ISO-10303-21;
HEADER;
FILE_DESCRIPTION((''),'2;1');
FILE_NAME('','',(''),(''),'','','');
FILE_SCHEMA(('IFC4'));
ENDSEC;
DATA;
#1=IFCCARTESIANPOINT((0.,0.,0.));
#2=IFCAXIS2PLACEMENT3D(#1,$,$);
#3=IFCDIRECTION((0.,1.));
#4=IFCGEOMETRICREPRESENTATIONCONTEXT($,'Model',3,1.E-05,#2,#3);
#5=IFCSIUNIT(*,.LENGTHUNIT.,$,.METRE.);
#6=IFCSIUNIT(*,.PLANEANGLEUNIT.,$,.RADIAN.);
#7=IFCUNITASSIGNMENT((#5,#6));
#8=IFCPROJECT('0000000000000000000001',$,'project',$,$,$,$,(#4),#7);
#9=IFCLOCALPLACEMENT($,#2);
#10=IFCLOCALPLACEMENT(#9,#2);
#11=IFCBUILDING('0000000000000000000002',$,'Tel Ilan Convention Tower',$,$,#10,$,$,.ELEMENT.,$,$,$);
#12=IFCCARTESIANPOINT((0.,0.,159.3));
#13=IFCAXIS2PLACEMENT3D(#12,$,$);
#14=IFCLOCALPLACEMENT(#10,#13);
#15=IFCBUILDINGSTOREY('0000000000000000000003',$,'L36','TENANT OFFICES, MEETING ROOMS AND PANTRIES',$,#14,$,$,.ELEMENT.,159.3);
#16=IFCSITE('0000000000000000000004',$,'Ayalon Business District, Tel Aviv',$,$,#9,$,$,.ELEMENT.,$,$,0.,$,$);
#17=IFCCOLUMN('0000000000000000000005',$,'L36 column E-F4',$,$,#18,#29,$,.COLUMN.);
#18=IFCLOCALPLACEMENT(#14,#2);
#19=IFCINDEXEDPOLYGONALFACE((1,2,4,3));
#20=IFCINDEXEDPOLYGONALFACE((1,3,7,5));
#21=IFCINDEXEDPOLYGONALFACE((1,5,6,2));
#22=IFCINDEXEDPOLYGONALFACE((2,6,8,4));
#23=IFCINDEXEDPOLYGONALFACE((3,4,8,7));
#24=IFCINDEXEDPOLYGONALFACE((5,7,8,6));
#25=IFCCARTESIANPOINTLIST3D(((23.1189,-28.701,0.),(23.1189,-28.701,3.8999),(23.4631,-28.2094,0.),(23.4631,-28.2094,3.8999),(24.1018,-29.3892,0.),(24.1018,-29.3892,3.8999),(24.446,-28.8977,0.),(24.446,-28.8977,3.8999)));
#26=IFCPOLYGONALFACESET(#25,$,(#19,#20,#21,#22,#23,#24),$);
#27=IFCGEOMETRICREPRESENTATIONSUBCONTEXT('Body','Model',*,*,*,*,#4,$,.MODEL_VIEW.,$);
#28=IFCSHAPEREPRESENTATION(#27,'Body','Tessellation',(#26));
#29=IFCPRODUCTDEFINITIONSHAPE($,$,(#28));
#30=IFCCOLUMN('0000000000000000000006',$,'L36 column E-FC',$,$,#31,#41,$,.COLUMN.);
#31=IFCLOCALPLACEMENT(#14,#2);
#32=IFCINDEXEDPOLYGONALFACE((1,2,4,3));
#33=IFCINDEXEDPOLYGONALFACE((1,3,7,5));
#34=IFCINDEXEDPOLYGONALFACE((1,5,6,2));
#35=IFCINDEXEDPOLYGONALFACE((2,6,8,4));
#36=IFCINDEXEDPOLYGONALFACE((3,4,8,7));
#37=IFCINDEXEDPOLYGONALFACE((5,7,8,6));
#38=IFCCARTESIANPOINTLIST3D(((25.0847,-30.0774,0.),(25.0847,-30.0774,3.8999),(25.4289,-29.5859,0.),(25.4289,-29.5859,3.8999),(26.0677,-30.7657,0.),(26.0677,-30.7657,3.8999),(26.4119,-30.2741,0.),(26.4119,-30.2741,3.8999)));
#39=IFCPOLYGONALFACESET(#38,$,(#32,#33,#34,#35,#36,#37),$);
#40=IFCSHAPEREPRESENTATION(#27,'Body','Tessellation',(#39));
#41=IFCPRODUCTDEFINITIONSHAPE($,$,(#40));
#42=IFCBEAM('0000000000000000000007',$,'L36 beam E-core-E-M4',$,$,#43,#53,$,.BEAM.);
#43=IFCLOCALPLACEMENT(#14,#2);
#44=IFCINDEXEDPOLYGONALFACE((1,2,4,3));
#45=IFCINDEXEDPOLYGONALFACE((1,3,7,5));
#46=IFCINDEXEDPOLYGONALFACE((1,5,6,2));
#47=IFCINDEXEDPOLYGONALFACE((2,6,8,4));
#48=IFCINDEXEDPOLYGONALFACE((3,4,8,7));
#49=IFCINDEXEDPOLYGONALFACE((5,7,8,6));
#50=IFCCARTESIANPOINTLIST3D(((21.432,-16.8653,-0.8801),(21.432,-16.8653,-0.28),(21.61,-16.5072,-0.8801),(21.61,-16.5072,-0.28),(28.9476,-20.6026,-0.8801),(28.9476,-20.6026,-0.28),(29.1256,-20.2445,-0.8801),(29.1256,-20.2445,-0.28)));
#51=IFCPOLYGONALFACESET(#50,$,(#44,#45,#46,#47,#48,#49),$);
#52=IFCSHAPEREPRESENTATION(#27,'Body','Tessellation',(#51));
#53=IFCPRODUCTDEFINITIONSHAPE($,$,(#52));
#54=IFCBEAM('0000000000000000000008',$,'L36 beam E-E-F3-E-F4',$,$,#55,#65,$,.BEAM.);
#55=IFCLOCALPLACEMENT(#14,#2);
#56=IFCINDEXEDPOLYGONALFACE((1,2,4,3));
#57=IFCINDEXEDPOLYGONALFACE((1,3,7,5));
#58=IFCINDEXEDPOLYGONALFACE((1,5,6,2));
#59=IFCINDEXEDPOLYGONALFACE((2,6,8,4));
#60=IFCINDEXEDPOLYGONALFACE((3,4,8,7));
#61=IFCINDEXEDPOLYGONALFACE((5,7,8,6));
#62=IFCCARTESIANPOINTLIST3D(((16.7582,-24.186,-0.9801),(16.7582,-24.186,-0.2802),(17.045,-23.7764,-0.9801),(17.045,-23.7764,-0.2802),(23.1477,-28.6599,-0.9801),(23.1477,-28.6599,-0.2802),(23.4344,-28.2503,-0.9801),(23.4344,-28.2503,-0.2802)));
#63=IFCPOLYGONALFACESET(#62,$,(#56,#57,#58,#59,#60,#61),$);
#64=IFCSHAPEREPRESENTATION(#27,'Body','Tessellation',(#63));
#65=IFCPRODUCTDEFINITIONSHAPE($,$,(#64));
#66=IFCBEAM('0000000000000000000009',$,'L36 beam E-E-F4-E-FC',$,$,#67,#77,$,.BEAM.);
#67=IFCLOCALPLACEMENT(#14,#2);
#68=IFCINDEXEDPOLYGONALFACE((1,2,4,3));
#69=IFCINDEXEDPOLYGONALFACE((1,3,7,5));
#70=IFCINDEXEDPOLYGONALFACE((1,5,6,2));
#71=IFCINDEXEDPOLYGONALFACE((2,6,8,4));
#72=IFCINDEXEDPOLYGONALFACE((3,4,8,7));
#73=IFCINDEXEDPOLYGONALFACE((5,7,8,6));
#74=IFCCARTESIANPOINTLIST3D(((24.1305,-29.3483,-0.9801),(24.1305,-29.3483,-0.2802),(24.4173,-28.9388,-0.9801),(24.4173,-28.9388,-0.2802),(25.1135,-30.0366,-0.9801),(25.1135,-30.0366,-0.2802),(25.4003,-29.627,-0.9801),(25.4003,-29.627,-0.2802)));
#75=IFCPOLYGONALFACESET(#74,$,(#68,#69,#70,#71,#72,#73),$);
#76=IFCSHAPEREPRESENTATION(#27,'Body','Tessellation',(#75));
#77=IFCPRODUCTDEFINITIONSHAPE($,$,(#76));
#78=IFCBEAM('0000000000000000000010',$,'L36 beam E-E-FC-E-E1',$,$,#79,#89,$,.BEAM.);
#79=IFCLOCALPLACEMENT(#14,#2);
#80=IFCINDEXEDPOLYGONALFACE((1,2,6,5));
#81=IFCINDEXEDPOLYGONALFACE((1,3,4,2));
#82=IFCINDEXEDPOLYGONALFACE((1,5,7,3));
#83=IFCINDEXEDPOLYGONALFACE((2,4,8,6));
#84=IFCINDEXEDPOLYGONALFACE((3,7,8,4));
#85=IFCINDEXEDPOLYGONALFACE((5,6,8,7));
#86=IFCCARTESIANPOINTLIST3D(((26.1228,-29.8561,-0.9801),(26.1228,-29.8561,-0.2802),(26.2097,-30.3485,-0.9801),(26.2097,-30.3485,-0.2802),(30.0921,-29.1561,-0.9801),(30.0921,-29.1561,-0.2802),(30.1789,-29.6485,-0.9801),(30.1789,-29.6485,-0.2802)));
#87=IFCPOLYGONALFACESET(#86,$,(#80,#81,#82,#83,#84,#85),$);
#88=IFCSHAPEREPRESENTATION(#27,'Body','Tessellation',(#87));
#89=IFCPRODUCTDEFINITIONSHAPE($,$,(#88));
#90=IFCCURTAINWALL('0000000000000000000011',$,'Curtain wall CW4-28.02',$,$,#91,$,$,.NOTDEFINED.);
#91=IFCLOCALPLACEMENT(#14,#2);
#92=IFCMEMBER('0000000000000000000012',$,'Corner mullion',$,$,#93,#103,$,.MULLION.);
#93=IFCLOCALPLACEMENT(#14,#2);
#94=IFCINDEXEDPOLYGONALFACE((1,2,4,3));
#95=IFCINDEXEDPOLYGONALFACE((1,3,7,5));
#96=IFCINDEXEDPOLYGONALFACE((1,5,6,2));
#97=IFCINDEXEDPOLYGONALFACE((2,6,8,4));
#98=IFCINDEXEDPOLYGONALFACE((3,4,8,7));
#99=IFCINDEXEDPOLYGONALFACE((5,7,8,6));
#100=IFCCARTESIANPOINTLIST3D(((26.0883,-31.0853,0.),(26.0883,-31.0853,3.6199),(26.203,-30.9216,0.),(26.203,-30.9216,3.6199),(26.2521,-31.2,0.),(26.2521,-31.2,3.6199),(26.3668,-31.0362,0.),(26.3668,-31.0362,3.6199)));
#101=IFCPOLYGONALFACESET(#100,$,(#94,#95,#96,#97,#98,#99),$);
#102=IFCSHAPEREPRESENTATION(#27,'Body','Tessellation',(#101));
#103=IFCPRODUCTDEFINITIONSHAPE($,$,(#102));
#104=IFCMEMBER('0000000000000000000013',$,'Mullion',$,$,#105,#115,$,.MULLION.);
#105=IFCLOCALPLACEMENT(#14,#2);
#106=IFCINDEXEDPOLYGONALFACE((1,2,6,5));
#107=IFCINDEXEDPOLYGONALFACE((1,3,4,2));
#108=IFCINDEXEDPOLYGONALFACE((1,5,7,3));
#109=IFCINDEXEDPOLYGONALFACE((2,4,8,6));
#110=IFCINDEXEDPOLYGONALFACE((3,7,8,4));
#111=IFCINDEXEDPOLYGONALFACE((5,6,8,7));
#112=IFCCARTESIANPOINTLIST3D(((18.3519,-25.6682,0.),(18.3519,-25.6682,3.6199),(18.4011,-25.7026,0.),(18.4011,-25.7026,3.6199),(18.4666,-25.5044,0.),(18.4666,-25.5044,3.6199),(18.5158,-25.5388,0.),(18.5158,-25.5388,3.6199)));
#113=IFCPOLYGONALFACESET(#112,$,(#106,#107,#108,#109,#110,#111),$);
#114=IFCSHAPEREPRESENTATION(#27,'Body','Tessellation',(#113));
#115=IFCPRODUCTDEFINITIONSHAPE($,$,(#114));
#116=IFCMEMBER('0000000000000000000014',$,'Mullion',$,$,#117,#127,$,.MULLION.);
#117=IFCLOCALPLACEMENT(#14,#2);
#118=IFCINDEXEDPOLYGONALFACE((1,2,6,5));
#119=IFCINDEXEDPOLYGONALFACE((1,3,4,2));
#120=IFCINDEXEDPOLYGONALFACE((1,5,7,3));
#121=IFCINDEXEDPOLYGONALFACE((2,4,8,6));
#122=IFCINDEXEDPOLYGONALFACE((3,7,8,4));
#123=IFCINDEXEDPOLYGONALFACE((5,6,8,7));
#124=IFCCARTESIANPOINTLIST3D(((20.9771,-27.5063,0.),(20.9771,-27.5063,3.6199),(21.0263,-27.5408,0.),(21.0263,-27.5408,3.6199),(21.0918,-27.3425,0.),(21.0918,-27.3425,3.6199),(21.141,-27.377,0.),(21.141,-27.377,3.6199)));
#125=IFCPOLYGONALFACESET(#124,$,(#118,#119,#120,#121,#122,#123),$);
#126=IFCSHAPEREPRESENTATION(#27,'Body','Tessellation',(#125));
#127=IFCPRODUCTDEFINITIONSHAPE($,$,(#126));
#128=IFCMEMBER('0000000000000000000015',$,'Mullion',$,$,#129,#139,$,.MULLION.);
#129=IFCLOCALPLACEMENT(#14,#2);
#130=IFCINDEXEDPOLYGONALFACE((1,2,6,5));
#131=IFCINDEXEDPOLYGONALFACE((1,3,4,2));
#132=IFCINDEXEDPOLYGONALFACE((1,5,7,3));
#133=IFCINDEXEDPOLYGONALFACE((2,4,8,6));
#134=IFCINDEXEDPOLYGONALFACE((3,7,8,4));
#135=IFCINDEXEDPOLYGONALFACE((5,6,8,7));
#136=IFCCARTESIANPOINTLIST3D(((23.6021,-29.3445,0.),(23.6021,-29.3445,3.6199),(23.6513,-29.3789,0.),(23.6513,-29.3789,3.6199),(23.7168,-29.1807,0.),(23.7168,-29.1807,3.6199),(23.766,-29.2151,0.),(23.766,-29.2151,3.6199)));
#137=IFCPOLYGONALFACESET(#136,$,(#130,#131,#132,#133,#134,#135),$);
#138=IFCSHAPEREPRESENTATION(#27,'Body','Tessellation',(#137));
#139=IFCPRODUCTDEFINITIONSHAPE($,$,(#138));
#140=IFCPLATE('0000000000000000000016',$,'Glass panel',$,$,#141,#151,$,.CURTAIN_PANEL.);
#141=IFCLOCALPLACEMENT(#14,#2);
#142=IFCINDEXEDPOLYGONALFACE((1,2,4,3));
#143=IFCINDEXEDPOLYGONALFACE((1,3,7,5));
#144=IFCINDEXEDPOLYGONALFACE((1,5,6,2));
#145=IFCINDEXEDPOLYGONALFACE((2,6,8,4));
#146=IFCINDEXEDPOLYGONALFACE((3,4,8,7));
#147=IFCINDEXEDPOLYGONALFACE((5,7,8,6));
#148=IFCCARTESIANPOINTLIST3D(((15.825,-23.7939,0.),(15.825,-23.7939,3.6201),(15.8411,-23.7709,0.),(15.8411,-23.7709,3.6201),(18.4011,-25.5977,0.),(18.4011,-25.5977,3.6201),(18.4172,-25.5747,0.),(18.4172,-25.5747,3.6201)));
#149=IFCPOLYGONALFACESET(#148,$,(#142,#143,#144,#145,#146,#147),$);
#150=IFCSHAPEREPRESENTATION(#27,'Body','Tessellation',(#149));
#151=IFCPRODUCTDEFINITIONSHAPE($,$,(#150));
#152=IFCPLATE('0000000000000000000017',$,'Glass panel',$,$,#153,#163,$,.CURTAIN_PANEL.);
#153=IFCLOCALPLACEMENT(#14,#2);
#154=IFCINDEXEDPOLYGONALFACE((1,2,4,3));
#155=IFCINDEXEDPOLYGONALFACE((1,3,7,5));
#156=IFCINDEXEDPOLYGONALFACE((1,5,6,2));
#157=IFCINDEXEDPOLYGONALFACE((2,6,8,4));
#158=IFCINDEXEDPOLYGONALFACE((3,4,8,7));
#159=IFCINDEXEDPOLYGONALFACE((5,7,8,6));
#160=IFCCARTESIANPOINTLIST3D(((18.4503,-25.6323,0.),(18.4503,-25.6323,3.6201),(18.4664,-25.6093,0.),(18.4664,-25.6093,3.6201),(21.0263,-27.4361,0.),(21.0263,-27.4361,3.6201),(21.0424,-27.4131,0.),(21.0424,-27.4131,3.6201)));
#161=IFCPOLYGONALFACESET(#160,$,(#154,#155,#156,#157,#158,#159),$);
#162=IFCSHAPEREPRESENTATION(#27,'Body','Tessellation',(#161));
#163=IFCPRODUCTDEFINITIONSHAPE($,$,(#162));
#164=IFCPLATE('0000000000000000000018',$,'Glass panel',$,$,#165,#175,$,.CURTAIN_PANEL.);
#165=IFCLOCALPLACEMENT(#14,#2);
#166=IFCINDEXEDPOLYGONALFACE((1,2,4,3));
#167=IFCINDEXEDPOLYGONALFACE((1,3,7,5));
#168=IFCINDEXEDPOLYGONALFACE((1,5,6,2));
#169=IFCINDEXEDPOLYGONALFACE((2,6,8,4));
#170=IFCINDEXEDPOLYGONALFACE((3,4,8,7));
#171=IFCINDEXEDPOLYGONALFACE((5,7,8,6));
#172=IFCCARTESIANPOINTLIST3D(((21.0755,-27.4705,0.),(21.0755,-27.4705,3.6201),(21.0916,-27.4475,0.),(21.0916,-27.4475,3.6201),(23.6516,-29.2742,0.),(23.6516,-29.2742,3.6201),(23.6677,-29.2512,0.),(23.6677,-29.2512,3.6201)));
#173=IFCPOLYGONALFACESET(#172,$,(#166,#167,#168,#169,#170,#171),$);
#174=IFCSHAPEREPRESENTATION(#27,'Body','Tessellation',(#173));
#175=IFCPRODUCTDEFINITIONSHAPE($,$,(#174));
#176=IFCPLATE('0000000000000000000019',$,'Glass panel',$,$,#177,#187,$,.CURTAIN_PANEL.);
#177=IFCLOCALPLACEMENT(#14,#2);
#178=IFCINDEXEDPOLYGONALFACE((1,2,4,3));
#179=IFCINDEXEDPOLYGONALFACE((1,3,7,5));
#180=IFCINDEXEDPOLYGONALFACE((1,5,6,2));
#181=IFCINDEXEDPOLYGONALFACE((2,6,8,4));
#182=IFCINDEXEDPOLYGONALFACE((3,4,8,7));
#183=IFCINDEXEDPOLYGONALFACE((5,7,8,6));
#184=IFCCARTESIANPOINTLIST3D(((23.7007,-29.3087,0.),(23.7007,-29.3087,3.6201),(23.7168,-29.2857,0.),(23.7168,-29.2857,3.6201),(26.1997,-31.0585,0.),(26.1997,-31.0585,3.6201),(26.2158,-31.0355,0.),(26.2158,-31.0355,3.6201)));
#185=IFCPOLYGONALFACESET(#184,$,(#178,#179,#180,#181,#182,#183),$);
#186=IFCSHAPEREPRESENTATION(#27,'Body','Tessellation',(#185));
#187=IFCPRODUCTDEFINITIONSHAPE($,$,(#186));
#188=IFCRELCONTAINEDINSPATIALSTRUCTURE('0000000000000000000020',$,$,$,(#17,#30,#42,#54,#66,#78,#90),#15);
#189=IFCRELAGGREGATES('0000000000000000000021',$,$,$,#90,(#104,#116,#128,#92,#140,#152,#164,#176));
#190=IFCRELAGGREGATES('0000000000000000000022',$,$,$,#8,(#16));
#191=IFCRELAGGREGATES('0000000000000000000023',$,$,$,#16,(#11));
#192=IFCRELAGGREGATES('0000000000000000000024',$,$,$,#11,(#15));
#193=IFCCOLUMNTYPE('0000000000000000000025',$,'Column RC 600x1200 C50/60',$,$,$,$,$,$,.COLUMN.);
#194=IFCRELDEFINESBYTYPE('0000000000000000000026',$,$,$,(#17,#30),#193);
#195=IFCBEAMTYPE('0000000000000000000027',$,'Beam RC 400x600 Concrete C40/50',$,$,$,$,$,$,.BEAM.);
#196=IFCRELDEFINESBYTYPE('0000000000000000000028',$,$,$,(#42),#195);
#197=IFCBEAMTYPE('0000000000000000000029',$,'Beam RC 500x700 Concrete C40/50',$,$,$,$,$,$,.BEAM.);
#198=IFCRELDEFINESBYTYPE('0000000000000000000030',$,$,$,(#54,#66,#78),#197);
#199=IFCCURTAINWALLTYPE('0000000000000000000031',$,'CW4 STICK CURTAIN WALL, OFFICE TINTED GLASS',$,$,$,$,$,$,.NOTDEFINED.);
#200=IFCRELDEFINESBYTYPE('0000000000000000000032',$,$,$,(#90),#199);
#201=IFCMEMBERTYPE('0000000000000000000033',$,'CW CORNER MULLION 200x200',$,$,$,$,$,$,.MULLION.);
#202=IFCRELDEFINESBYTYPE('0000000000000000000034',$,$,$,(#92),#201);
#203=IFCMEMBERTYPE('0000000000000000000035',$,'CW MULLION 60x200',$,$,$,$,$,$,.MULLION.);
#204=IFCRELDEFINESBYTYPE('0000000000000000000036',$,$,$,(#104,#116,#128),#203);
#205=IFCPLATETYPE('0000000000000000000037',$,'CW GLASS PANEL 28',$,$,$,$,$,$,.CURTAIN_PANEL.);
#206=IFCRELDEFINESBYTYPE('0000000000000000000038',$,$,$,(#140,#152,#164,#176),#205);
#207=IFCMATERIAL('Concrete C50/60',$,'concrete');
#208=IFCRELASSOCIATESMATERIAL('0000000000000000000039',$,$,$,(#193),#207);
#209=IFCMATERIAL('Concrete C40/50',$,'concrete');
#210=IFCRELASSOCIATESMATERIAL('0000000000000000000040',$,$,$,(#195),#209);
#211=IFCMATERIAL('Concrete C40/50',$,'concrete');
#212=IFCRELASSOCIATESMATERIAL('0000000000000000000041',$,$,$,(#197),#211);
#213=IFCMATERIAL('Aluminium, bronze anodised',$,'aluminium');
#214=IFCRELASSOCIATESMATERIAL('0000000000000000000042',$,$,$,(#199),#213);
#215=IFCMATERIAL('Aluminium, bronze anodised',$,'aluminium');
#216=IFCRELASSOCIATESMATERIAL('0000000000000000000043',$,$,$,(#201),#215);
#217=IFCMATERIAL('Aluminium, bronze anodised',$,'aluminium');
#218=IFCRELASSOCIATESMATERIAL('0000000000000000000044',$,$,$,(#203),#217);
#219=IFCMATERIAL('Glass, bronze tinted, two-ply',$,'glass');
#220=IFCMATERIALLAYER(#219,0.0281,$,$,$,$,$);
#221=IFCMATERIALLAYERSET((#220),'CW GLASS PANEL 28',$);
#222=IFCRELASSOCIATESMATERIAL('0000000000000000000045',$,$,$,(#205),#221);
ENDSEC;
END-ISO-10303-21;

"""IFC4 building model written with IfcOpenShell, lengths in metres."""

from ifc_helpers import new_model, si_unit, direction, frame, origin, origin_2d, place, context, subcontext, project, spatial, rectangle, extrude, material, layer, layer_set, material_profile, profile_set, type_object, element, aggregate, save


model = new_model("IFC4")

# Units and contexts
model_context = context("Model", 3, precision=1e-05, world=origin(), true_north=direction((0.0, 1.0)))
body_context = subcontext(model_context, "Body", "Model", "MODEL_VIEW")
ifc_project = project(units=[si_unit("LENGTHUNIT", "METRE"), si_unit("PLANEANGLEUNIT", "RADIAN")], contexts=[model_context])

# Site, building, storey
site_placement = place(None, origin())
site = spatial("IfcSite", under=ifc_project, at=site_placement, Name="Ayalon Business District, Tel Aviv", CompositionType="ELEMENT", RefElevation=0.0)
building_placement = place(site_placement, origin())
building = spatial("IfcBuilding", under=site, at=building_placement, Name="Tel Ilan Convention Tower", CompositionType="ELEMENT")
storey_placement = place(building_placement, frame((0.0, 0.0, 159.3)))
storey = spatial("IfcBuildingStorey", under=building, at=storey_placement, Name="L36", Description="TENANT OFFICES, MEETING ROOMS AND PANTRIES", CompositionType="ELEMENT", Elevation=159.3)

# Columns
ifc_material_1 = material(Name="Concrete C50/60", Category="concrete")
ifc_material_profile_1 = material_profile(ifc_material_1, rectangle(XDim=1.2, YDim=0.6001, at=origin_2d()), Name="RC 600x1200")
ifc_profile_set_1 = profile_set([ifc_material_profile_1], Name="Concrete C50/60")
column_type = type_object("IfcColumnType", Name="Column RC 600x1200 C50/60", PredefinedType="COLUMN", material=ifc_profile_set_1)
for number, where, z_axis, x_axis, name in (
    (1, (23.7825, -28.7993, 0.0), (0.0, 0.0, 1.0), (0.819152, -0.573576, 0.0), "L36 column E-F4"),
    (2, (25.7483, -30.1758, 0.0), (0.0, 0.0, 1.0), (0.819152, -0.573576, 0.0), "L36 column E-FC"),
):
    element("IfcColumn", number, at=place(storey_placement, frame(where, z_axis=z_axis, x_axis=x_axis)), inside=storey, type_object=column_type, Name=name, PredefinedType="COLUMN", context=body_context, shape_type="SweptSolid", body=[
        extrude(rectangle(XDim=1.2, YDim=0.6001, at=origin_2d()), origin(), (0.0, 0.0, 1.0), 3.8999),
    ])

# Beams
ifc_material_2 = material(Name="Concrete C40/50", Category="concrete")
ifc_material_profile_2 = material_profile(ifc_material_2, rectangle(XDim=0.3999, YDim=0.6001, at=origin_2d()), Name="RC 400x600")
ifc_profile_set_2 = profile_set([ifc_material_profile_2], Name="Concrete C40/50")
beam_type_1 = type_object("IfcBeamType", Name="Beam RC 400x600 Concrete C40/50", PredefinedType="BEAM", material=ifc_profile_set_2)
beam_1_placement = place(storey_placement, frame((21.521, -16.6863, -0.5801), z_axis=(0.895402, -0.445258, 0.0), x_axis=(0.445258, 0.895402, 0.0)))
element("IfcBeam", 3, at=beam_1_placement, inside=storey, type_object=beam_type_1, Name="L36 beam E-core-E-M4", PredefinedType="BEAM", context=body_context, shape_type="SweptSolid", body=[
    extrude(rectangle(XDim=0.3999, YDim=0.6001, at=origin_2d()), origin(), (0.0, 0.0, 1.0), 8.3936),
])
ifc_material_3 = material(Name="Concrete C40/50", Category="concrete")
ifc_material_profile_3 = material_profile(ifc_material_3, rectangle(XDim=0.5, YDim=0.7, at=origin_2d()), Name="RC 500x700")
ifc_profile_set_3 = profile_set([ifc_material_profile_3], Name="Concrete C40/50")
beam_type_2 = type_object("IfcBeamType", Name="Beam RC 500x700 Concrete C40/50", PredefinedType="BEAM", material=ifc_profile_set_3)
beam_2_placement = place(storey_placement, frame((16.9016, -23.9812, -0.6301), z_axis=(0.819154, -0.573574, 0.0), x_axis=(0.573574, 0.819154, 0.0)))
element("IfcBeam", 4, at=beam_2_placement, inside=storey, type_object=beam_type_2, Name="L36 beam E-E-F3-E-F4", PredefinedType="BEAM", context=body_context, shape_type="SweptSolid", body=[
    extrude(rectangle(XDim=0.5, YDim=0.7, at=origin_2d()), origin(), (0.0, 0.0, 1.0), 7.8),
])
beam_3_placement = place(storey_placement, frame((24.2739, -29.1436, -0.6301), z_axis=(0.819155, -0.573572, 0.0), x_axis=(0.573572, 0.819155, 0.0)))
element("IfcBeam", 5, at=beam_3_placement, inside=storey, type_object=beam_type_2, Name="L36 beam E-E-F4-E-FC", PredefinedType="BEAM", context=body_context, shape_type="SweptSolid", body=[
    extrude(rectangle(XDim=0.5, YDim=0.7, at=origin_2d()), origin(), (0.0, 0.0, 1.0), 1.2),
])
beam_4_placement = place(storey_placement, frame((26.1663, -30.1023, -0.6301), z_axis=(0.984805, 0.173664, 0.0), x_axis=(-0.173664, 0.984805, 0.0)))
element("IfcBeam", 6, at=beam_4_placement, inside=storey, type_object=beam_type_2, Name="L36 beam E-E-FC-E-E1", PredefinedType="BEAM", context=body_context, shape_type="SweptSolid", body=[
    extrude(rectangle(XDim=0.5, YDim=0.7, at=origin_2d()), origin(), (0.0, 0.0, 1.0), 4.0305),
])

# Curtain wall, members, plates
ifc_material_4 = material(Name="Aluminium, bronze anodised", Category="aluminium")
curtain_wall_type = type_object("IfcCurtainWallType", Name="CW4 STICK CURTAIN WALL, OFFICE TINTED GLASS", PredefinedType="NOTDEFINED", material=ifc_material_4)
curtain_wall_placement = place(storey_placement, origin())
curtain_wall = element("IfcCurtainWall", 7, at=curtain_wall_placement, inside=storey, type_object=curtain_wall_type, Name="Curtain wall CW4-28.02", PredefinedType="NOTDEFINED")
ifc_material_5 = material(Name="Aluminium, bronze anodised", Category="aluminium")
ifc_material_profile_4 = material_profile(ifc_material_5, rectangle(XDim=0.2, YDim=0.2, at=origin_2d()), Name="CW CORNER MULLION 200x200")
ifc_profile_set_4 = profile_set([ifc_material_profile_4], Name="Aluminium, bronze anodised")
member_type_1 = type_object("IfcMemberType", Name="CW CORNER MULLION 200x200", PredefinedType="MULLION", material=ifc_profile_set_4)
member_1_placement = place(storey_placement, frame((26.2275, -31.0608, 0.0), z_axis=(0.0, 0.0, 1.0), x_axis=(0.819152, -0.573576, 0.0)))
member_1 = element("IfcMember", 8, at=member_1_placement, type_object=member_type_1, Name="Corner mullion", PredefinedType="MULLION", context=body_context, shape_type="SweptSolid", body=[
    extrude(rectangle(XDim=0.2, YDim=0.2, at=origin_2d()), origin(), (0.0, 0.0, 1.0), 3.6199),
])
ifc_material_6 = material(Name="Aluminium, bronze anodised", Category="aluminium")
ifc_material_profile_5 = material_profile(ifc_material_6, rectangle(XDim=0.0601, YDim=0.2, at=origin_2d()), Name="CW MULLION 60x200")
ifc_profile_set_5 = profile_set([ifc_material_profile_5], Name="Aluminium, bronze anodised")
member_type_2 = type_object("IfcMemberType", Name="CW MULLION 60x200", PredefinedType="MULLION", material=ifc_profile_set_5)
member_2_placement = place(storey_placement, frame((18.4338, -25.6035, 0.0), z_axis=(0.0, 0.0, 1.0), x_axis=(0.819152, -0.573576, 0.0)))
member_2 = element("IfcMember", 9, at=member_2_placement, type_object=member_type_2, Name="Mullion", PredefinedType="MULLION", context=body_context, shape_type="SweptSolid", body=[
    extrude(rectangle(XDim=0.0601, YDim=0.2, at=origin_2d()), origin(), (0.0, 0.0, 1.0), 3.6199),
])
member_3_placement = place(storey_placement, frame((21.0591, -27.4417, 0.0), z_axis=(0.0, 0.0, 1.0), x_axis=(0.819152, -0.573576, 0.0)))
member_3 = element("IfcMember", 10, at=member_3_placement, type_object=member_type_2, Name="Mullion", PredefinedType="MULLION", context=body_context, shape_type="SweptSolid", body=[
    extrude(rectangle(XDim=0.0601, YDim=0.2, at=origin_2d()), origin(), (0.0, 0.0, 1.0), 3.6199),
])
member_4_placement = place(storey_placement, frame((23.6841, -29.2798, 0.0), z_axis=(0.0, 0.0, 1.0), x_axis=(0.819152, -0.573576, 0.0)))
member_4 = element("IfcMember", 11, at=member_4_placement, type_object=member_type_2, Name="Mullion", PredefinedType="MULLION", context=body_context, shape_type="SweptSolid", body=[
    extrude(rectangle(XDim=0.0601, YDim=0.2, at=origin_2d()), origin(), (0.0, 0.0, 1.0), 3.6199),
])
ifc_material_7 = material(Name="Glass, bronze tinted, two-ply", Category="glass")
ifc_layer_1 = layer(ifc_material_7, 0.0281)
ifc_layer_set_1 = layer_set([ifc_layer_1], Name="CW GLASS PANEL 28")
plate_type = type_object("IfcPlateType", Name="CW GLASS PANEL 28", PredefinedType="CURTAIN_PANEL", material=ifc_layer_set_1)
plate_1_placement = place(storey_placement, frame((17.1211, -24.6843, 0.0), z_axis=(0.0, 0.0, 1.0), x_axis=(0.819152, -0.573576, 0.0)))
plate_1 = element("IfcPlate", 12, at=plate_1_placement, type_object=plate_type, Name="Glass panel", PredefinedType="CURTAIN_PANEL", context=body_context, shape_type="SweptSolid", body=[
    extrude(rectangle(XDim=3.1448, YDim=0.0281, at=origin_2d()), origin(), (0.0, 0.0, 1.0), 3.6201),
])
plate_2_placement = place(storey_placement, frame((19.7463, -26.5227, 0.0), z_axis=(0.0, 0.0, 1.0), x_axis=(0.819152, -0.573576, 0.0)))
plate_2 = element("IfcPlate", 13, at=plate_2_placement, type_object=plate_type, Name="Glass panel", PredefinedType="CURTAIN_PANEL", context=body_context, shape_type="SweptSolid", body=[
    extrude(rectangle(XDim=3.1448, YDim=0.0281, at=origin_2d()), origin(), (0.0, 0.0, 1.0), 3.6201),
])
plate_3_placement = place(storey_placement, frame((22.3716, -28.3608, 0.0), z_axis=(0.0, 0.0, 1.0), x_axis=(0.819152, -0.573576, 0.0)))
plate_3 = element("IfcPlate", 14, at=plate_3_placement, type_object=plate_type, Name="Glass panel", PredefinedType="CURTAIN_PANEL", context=body_context, shape_type="SweptSolid", body=[
    extrude(rectangle(XDim=3.1448, YDim=0.0281, at=origin_2d()), origin(), (0.0, 0.0, 1.0), 3.6201),
])
plate_4_placement = place(storey_placement, frame((24.9583, -30.1721, 0.0), z_axis=(0.0, 0.0, 1.0), x_axis=(0.819152, -0.573576, 0.0)))
plate_4 = element("IfcPlate", 15, at=plate_4_placement, type_object=plate_type, Name="Glass panel", PredefinedType="CURTAIN_PANEL", context=body_context, shape_type="SweptSolid", body=[
    extrude(rectangle(XDim=3.0508, YDim=0.0281, at=origin_2d()), origin(), (0.0, 0.0, 1.0), 3.6201),
])
aggregate(curtain_wall, [member_2, member_3, member_4, member_1, plate_1, plate_2, plate_3, plate_4])

save(model, "model.ifc")
